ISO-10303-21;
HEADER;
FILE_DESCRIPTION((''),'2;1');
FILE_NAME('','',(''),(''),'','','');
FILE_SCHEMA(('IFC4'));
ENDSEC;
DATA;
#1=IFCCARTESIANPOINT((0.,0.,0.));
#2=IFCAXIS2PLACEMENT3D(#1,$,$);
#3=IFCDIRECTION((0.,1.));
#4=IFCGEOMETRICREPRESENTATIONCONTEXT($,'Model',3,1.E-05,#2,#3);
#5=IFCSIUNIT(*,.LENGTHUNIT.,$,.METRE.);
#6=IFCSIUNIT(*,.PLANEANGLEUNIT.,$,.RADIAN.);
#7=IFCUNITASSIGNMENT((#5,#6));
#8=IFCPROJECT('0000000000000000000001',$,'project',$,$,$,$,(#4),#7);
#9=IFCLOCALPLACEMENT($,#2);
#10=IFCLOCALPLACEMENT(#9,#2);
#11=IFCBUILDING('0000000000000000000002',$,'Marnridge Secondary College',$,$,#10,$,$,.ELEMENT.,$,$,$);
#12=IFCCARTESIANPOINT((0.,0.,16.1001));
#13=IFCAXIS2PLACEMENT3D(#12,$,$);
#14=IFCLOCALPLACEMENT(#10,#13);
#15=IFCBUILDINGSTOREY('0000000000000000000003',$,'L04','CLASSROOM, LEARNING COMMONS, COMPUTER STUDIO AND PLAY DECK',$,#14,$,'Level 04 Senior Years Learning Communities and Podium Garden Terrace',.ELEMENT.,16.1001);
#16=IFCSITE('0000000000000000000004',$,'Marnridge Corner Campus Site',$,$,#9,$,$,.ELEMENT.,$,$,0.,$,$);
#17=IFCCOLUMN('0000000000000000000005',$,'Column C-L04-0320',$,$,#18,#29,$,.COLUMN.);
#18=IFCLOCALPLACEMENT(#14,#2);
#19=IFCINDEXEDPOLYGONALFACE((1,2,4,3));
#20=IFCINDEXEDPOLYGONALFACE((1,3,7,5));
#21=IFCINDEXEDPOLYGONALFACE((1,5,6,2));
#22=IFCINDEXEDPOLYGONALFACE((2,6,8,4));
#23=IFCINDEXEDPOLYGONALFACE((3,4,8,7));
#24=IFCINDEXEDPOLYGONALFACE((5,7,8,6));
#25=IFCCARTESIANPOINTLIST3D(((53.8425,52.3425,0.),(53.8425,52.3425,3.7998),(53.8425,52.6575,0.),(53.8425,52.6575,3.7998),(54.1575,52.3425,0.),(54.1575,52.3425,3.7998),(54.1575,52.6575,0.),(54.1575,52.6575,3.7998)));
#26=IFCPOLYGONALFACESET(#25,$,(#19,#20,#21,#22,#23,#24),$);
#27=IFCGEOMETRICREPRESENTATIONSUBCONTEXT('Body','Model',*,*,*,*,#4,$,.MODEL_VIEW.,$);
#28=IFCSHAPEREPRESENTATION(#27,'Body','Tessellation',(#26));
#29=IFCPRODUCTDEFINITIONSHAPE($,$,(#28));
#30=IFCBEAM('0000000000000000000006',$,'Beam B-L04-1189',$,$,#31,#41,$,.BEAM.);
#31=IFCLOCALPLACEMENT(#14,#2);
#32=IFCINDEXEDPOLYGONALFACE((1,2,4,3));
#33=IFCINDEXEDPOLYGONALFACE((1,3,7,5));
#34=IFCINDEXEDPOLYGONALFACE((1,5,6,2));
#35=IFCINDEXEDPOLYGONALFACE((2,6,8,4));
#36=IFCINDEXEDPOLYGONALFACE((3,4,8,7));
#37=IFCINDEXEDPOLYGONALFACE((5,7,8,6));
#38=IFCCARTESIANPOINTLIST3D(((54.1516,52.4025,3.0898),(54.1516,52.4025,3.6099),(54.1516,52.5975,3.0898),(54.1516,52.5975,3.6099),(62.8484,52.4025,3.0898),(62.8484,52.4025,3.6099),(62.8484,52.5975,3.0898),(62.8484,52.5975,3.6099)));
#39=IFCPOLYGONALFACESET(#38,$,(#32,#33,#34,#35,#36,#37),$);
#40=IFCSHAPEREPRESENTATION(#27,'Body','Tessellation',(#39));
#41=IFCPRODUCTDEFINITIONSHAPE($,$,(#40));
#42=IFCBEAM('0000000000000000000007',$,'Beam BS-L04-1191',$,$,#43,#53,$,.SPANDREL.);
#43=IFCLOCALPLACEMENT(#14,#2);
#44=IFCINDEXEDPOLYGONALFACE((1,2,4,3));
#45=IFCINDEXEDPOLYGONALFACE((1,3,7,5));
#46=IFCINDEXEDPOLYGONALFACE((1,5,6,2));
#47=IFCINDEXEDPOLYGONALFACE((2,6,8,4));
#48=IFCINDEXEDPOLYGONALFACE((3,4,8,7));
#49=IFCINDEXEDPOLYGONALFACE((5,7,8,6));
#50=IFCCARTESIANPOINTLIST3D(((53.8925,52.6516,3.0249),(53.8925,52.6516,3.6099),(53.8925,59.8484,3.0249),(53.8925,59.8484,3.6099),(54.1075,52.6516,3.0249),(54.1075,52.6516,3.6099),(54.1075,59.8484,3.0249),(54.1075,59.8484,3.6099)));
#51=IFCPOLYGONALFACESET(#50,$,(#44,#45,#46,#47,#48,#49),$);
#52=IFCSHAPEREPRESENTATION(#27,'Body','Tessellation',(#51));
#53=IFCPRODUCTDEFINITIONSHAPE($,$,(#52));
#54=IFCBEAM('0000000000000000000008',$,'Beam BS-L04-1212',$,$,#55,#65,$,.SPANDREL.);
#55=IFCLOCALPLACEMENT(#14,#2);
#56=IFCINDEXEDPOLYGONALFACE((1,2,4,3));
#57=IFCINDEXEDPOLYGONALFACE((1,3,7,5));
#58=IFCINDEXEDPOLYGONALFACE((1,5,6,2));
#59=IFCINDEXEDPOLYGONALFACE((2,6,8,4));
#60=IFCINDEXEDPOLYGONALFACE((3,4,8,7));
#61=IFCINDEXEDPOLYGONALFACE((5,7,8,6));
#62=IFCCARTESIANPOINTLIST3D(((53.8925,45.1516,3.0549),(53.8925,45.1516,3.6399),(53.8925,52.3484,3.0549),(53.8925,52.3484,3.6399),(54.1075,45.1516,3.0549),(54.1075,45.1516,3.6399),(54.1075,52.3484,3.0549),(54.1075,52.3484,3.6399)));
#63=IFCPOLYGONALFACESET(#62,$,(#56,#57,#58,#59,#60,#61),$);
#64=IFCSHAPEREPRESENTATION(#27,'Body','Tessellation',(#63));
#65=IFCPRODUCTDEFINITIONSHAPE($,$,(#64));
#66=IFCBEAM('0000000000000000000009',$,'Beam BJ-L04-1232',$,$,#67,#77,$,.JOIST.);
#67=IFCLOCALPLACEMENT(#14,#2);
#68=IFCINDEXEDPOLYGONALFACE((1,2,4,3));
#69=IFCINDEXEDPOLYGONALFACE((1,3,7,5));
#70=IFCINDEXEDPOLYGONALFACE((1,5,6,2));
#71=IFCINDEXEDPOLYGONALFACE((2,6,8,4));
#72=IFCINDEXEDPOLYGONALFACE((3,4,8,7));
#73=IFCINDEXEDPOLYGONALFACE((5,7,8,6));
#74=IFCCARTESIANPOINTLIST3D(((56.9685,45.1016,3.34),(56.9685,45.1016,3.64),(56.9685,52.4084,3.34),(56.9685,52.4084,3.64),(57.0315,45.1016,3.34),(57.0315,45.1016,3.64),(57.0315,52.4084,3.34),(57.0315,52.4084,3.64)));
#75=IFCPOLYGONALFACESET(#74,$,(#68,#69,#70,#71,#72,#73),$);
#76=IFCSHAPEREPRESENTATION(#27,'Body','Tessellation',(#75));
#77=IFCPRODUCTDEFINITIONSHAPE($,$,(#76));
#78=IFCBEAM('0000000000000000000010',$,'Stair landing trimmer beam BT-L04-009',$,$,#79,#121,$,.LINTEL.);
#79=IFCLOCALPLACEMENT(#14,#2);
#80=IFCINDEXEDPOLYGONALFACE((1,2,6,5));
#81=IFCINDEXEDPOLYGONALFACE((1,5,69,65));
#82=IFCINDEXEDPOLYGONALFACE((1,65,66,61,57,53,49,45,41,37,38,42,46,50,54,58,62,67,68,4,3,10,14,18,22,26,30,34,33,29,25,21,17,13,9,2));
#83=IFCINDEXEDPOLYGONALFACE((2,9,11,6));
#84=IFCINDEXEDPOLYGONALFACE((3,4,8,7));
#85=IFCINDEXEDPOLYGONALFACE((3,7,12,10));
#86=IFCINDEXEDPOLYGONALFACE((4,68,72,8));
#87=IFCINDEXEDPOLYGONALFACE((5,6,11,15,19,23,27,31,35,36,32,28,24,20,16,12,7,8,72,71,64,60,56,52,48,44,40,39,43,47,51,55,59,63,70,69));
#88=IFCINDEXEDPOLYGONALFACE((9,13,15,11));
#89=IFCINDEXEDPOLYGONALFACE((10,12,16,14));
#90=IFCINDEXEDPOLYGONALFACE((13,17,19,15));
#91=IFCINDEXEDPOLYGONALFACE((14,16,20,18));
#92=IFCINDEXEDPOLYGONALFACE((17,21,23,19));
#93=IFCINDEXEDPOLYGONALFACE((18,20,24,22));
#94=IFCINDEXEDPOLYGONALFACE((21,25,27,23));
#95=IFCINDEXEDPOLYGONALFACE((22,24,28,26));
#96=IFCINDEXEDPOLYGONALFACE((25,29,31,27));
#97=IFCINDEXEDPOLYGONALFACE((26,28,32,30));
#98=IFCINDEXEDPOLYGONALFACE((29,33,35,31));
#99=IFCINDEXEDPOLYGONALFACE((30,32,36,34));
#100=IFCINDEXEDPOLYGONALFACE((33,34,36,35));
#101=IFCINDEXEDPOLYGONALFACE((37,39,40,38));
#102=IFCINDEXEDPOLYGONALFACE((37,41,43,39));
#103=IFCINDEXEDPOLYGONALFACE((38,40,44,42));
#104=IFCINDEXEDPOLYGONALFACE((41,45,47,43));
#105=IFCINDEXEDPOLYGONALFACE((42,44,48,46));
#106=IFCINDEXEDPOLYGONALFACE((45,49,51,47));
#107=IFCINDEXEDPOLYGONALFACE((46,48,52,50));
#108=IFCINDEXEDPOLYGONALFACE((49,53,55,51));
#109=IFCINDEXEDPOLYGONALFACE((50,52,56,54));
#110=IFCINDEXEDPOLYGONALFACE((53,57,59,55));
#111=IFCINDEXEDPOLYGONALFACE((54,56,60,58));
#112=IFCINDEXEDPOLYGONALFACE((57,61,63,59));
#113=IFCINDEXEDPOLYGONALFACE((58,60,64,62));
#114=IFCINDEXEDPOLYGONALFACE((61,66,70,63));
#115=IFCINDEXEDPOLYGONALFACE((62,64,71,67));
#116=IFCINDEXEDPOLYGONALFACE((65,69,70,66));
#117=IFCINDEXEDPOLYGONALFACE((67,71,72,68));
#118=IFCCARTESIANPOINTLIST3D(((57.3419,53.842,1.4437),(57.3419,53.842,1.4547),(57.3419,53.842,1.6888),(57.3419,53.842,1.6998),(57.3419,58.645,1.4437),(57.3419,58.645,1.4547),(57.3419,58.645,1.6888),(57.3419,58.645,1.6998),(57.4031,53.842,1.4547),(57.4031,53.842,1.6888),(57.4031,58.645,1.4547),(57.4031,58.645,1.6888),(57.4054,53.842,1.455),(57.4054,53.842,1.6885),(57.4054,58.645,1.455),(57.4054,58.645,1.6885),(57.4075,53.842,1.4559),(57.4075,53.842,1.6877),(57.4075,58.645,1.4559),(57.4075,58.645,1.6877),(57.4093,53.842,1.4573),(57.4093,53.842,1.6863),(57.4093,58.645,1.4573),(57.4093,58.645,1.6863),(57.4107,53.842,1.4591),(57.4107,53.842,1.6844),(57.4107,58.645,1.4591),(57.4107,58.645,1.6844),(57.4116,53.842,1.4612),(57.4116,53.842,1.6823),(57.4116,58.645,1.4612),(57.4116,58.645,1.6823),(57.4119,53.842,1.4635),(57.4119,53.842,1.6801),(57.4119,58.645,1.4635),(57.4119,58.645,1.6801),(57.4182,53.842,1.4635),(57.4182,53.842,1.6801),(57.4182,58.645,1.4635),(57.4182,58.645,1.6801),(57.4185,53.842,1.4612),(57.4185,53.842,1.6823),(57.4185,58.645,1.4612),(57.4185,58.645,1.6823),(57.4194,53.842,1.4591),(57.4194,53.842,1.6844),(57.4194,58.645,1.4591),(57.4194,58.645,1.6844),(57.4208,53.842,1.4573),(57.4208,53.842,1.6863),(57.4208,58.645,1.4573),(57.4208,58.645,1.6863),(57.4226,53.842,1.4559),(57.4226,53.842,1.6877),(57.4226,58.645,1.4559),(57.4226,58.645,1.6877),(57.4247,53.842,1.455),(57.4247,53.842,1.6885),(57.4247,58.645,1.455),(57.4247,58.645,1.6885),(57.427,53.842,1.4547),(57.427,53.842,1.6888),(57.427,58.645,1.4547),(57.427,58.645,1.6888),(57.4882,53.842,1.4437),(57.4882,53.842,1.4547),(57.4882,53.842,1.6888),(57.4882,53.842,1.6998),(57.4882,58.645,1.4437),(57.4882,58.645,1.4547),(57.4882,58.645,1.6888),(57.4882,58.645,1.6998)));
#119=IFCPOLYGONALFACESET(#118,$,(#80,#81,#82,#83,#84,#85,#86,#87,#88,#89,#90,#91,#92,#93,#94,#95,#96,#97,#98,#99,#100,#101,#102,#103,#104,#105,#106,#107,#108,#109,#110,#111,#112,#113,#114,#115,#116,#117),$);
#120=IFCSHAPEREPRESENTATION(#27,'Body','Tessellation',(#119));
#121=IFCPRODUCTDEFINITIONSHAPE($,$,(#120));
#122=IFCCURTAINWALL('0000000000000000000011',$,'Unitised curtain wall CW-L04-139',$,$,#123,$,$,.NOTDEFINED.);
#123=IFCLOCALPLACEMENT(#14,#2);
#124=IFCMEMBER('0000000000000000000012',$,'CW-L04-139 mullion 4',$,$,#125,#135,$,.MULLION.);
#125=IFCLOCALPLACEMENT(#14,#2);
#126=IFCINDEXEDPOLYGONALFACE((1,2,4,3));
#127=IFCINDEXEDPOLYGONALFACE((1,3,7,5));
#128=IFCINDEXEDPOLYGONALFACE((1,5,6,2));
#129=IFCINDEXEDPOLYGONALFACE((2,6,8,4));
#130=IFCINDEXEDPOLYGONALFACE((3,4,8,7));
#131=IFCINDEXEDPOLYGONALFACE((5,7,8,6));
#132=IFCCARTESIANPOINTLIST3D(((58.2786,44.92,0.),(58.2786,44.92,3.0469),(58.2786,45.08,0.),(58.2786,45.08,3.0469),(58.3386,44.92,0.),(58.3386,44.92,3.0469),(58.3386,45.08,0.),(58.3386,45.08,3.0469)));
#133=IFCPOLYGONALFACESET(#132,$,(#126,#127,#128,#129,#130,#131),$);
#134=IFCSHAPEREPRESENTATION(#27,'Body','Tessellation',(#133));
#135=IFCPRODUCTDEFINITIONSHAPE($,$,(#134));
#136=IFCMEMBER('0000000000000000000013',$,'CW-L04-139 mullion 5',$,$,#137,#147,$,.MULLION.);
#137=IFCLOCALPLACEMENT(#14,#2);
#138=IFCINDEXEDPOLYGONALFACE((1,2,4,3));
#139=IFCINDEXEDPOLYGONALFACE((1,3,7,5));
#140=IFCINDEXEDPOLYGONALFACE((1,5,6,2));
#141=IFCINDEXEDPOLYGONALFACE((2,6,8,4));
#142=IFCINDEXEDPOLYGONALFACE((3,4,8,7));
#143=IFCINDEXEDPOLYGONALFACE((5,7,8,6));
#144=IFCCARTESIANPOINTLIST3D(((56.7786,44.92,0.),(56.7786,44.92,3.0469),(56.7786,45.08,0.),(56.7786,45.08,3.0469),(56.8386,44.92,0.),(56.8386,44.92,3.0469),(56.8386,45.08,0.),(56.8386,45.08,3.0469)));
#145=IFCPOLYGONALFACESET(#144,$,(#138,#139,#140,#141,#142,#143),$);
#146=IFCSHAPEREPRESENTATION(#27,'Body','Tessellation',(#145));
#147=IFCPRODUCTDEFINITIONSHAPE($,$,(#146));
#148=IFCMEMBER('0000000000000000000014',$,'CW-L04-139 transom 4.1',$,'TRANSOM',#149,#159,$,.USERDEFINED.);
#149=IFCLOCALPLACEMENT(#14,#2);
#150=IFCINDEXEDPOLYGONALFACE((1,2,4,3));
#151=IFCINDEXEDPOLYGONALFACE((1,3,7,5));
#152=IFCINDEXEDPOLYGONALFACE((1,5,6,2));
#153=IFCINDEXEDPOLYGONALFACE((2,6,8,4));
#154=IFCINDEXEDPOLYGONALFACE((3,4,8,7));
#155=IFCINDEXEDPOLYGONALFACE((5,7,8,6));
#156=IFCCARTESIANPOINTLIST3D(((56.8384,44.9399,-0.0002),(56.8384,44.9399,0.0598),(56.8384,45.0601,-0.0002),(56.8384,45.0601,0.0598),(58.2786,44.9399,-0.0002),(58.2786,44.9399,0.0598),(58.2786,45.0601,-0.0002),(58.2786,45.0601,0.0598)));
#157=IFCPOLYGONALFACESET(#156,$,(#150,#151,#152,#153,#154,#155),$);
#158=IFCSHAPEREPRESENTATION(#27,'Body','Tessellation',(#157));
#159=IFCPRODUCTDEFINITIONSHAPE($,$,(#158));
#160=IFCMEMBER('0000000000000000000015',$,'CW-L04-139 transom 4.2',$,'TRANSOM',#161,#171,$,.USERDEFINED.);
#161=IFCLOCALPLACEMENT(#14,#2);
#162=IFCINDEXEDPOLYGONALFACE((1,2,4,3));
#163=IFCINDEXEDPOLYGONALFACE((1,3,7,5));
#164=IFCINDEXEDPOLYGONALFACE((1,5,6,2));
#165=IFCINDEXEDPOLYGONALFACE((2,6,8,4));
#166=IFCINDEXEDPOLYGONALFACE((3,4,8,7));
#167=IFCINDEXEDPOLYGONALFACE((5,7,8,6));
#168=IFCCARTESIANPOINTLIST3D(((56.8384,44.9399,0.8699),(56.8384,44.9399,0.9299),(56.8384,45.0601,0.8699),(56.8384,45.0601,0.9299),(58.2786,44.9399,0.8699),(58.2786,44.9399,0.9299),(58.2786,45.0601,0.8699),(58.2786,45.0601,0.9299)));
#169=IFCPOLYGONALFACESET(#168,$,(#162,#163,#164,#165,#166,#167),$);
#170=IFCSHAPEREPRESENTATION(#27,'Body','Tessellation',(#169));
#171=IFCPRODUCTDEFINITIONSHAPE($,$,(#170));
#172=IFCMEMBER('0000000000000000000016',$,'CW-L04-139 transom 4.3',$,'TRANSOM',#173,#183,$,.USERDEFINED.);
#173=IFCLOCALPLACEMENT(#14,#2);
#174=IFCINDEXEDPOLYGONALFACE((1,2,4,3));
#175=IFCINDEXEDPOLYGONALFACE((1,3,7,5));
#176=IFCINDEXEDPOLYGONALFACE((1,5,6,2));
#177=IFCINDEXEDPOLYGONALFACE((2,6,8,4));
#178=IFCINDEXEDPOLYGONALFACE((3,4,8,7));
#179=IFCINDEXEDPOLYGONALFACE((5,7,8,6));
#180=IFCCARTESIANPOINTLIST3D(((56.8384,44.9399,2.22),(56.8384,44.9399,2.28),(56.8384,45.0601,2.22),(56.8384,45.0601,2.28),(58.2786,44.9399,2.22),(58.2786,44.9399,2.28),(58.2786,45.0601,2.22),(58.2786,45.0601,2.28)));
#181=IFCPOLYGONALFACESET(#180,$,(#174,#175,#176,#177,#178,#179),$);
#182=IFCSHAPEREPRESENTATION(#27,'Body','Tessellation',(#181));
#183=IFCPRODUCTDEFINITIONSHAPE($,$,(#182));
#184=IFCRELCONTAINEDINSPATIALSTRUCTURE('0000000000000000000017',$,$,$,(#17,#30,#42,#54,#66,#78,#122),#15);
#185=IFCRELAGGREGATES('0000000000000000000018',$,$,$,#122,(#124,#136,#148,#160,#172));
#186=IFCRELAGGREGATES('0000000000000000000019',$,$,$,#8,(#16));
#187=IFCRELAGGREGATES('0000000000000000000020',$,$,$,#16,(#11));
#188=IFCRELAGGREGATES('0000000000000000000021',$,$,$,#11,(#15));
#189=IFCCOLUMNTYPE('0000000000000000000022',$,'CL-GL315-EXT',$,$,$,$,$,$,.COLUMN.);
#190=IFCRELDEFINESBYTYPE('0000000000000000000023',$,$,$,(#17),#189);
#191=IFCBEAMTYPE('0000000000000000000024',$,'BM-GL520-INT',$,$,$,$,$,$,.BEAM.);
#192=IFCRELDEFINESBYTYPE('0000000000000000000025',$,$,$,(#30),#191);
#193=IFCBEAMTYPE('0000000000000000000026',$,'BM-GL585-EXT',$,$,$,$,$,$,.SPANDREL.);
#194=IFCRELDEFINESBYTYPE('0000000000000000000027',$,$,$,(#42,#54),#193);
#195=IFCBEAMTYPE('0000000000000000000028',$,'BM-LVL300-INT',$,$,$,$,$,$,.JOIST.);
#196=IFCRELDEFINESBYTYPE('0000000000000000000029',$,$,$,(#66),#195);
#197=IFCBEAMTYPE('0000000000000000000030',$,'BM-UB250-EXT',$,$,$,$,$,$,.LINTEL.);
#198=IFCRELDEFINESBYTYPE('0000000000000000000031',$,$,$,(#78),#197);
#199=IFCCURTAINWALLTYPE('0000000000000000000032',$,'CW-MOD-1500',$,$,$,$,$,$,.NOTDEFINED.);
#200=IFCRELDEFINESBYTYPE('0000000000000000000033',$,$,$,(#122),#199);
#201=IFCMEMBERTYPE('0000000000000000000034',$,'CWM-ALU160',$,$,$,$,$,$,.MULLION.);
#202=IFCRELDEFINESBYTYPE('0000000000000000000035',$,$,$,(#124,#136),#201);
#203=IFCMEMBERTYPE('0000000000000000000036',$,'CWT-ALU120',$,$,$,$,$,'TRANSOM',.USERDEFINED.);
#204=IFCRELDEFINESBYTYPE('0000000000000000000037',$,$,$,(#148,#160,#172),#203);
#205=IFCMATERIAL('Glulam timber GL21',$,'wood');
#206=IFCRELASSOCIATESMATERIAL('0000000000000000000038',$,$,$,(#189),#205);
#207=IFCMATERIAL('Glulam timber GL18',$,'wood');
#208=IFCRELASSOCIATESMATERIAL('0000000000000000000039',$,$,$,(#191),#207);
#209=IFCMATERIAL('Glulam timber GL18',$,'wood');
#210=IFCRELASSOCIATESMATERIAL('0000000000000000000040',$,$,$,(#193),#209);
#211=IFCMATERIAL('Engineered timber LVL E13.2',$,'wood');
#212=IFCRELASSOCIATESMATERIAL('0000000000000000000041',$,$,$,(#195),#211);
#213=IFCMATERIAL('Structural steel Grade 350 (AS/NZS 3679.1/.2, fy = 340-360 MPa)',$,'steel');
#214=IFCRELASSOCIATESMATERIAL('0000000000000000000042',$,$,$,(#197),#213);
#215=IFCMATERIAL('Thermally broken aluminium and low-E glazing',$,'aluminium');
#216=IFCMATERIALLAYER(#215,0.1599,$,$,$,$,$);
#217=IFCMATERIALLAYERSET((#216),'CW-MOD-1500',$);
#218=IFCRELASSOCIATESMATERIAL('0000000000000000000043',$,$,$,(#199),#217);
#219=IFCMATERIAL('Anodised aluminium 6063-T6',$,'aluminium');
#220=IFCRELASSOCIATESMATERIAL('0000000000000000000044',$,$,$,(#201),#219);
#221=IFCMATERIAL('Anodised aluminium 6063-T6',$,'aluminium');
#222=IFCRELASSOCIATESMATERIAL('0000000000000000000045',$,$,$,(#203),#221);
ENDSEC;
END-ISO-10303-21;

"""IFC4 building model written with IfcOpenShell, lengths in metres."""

from ifc_helpers import new_model, si_unit, direction, frame, origin, origin_2d, place, context, subcontext, project, spatial, rectangle, i_section, extrude, material, layer, layer_set, material_profile, profile_set, type_object, element, aggregate, save


model = new_model("IFC4")

# Units and contexts
model_context = context("Model", 3, precision=1e-05, world=origin(), true_north=direction((0.0, 1.0)))
body_context = subcontext(model_context, "Body", "Model", "MODEL_VIEW")
ifc_project = project(units=[si_unit("LENGTHUNIT", "METRE"), si_unit("PLANEANGLEUNIT", "RADIAN")], contexts=[model_context])

# Site, building, storey
site_placement = place(None, origin())
site = spatial("IfcSite", under=ifc_project, at=site_placement, Name="Marnridge Corner Campus Site", CompositionType="ELEMENT", RefElevation=0.0)
building_placement = place(site_placement, origin())
building = spatial("IfcBuilding", under=site, at=building_placement, Name="Marnridge Secondary College", CompositionType="ELEMENT")
storey_placement = place(building_placement, frame((0.0, 0.0, 16.1001)))
storey = spatial("IfcBuildingStorey", under=building, at=storey_placement, Name="L04", Description="CLASSROOM, LEARNING COMMONS, COMPUTER STUDIO AND PLAY DECK", LongName="Level 04 Senior Years Learning Communities and Podium Garden Terrace", CompositionType="ELEMENT", Elevation=16.1001)

# Column
ifc_material_1 = material(Name="Glulam timber GL21", Category="wood")
ifc_material_profile_1 = material_profile(ifc_material_1, rectangle(XDim=0.3149, YDim=0.3149, at=origin_2d()), Name="GL21 315x315")
ifc_profile_set_1 = profile_set([ifc_material_profile_1], Name="Glulam timber GL21")
column_type = type_object("IfcColumnType", Name="CL-GL315-EXT", PredefinedType="COLUMN", material=ifc_profile_set_1)
column_placement = place(storey_placement, frame((54.0, 52.5, 0.0), z_axis=(0.0, 0.0, 1.0), x_axis=(1.0, 0.0, 0.0)))
element("IfcColumn", 1, at=column_placement, inside=storey, type_object=column_type, Name="Column C-L04-0320", PredefinedType="COLUMN", context=body_context, shape_type="SweptSolid", body=[
    extrude(rectangle(XDim=0.3149, YDim=0.3149, at=origin_2d()), origin(), (0.0, 0.0, 1.0), 3.7998),
])

# Beams
ifc_material_2 = material(Name="Glulam timber GL18", Category="wood")
ifc_material_profile_2 = material_profile(ifc_material_2, rectangle(XDim=0.1951, YDim=0.52, at=origin_2d()), Name="GL18 195x520")
ifc_profile_set_2 = profile_set([ifc_material_profile_2], Name="Glulam timber GL18")
beam_type_1 = type_object("IfcBeamType", Name="BM-GL520-INT", PredefinedType="BEAM", material=ifc_profile_set_2)
beam_1_placement = place(storey_placement, frame((54.1516, 52.5, 3.3499), z_axis=(1.0, 0.0, 0.0), x_axis=(0.0, 1.0, 0.0)))
element("IfcBeam", 2, at=beam_1_placement, inside=storey, type_object=beam_type_1, Name="Beam B-L04-1189", PredefinedType="BEAM", context=body_context, shape_type="SweptSolid", body=[
    extrude(rectangle(XDim=0.1951, YDim=0.52, at=origin_2d()), origin(), (0.0, 0.0, 1.0), 8.6968),
])
ifc_material_3 = material(Name="Glulam timber GL18", Category="wood")
ifc_material_profile_3 = material_profile(ifc_material_3, rectangle(XDim=0.2151, YDim=0.585, at=origin_2d()), Name="GL18 215x585")
ifc_profile_set_3 = profile_set([ifc_material_profile_3], Name="Glulam timber GL18")
beam_type_2 = type_object("IfcBeamType", Name="BM-GL585-EXT", PredefinedType="SPANDREL", material=ifc_profile_set_3)
for number, where, z_axis, x_axis, name in (
    (3, (54.0, 52.6516, 3.3174), (0.0, 1.0, 0.0), (-1.0, 0.0, 0.0), "Beam BS-L04-1191"),
    (4, (54.0, 45.1516, 3.3474), (0.0, 1.0, 0.0), (-1.0, 0.0, 0.0), "Beam BS-L04-1212"),
):
    element("IfcBeam", number, at=place(storey_placement, frame(where, z_axis=z_axis, x_axis=x_axis)), inside=storey, type_object=beam_type_2, Name=name, PredefinedType="SPANDREL", context=body_context, shape_type="SweptSolid", body=[
        extrude(rectangle(XDim=0.2151, YDim=0.585, at=origin_2d()), origin(), (0.0, 0.0, 1.0), 7.1968),
    ])
ifc_material_4 = material(Name="Engineered timber LVL E13.2", Category="wood")
ifc_material_profile_4 = material_profile(ifc_material_4, rectangle(XDim=0.063, YDim=0.3, at=origin_2d()), Name="LVL 63x300")
ifc_profile_set_4 = profile_set([ifc_material_profile_4], Name="Engineered timber LVL E13.2")
beam_type_3 = type_object("IfcBeamType", Name="BM-LVL300-INT", PredefinedType="JOIST", material=ifc_profile_set_4)
beam_2_placement = place(storey_placement, frame((57.0, 45.1016, 3.49), z_axis=(0.0, 1.0, 0.0), x_axis=(-1.0, 0.0, 0.0)))
element("IfcBeam", 5, at=beam_2_placement, inside=storey, type_object=beam_type_3, Name="Beam BJ-L04-1232", PredefinedType="JOIST", context=body_context, shape_type="SweptSolid", body=[
    extrude(rectangle(XDim=0.063, YDim=0.3, at=origin_2d()), origin(), (0.0, 0.0, 1.0), 7.3069),
])
ifc_material_5 = material(Name="Structural steel Grade 350 (AS/NZS 3679.1/.2, fy = 340-360 MPa)", Category="steel")
ifc_material_profile_5 = material_profile(ifc_material_5, i_section(OverallWidth=0.1462, OverallDepth=0.2561, WebThickness=0.0063, FlangeThickness=0.011, FilletRadius=0.0088, at=origin_2d()), Name="250UB37.3")
ifc_profile_set_5 = profile_set([ifc_material_profile_5], Name="Structural steel Grade 350 (AS/NZS 3679.1/.2, fy = 340-360 MPa)")
beam_type_4 = type_object("IfcBeamType", Name="BM-UB250-EXT", PredefinedType="LINTEL", material=ifc_profile_set_5)
beam_3_placement = place(storey_placement, frame((57.415, 53.842, 1.5718), z_axis=(0.0, 1.0, 0.0), x_axis=(-1.0, 0.0, 0.0)))
element("IfcBeam", 6, at=beam_3_placement, inside=storey, type_object=beam_type_4, Name="Stair landing trimmer beam BT-L04-009", PredefinedType="LINTEL", context=body_context, shape_type="SweptSolid", body=[
    extrude(i_section(OverallWidth=0.1462, OverallDepth=0.2561, WebThickness=0.0063, FlangeThickness=0.011, FilletRadius=0.0088, at=origin_2d()), origin(), (0.0, 0.0, 1.0), 4.803),
])

# Curtain wall, members
ifc_material_6 = material(Name="Thermally broken aluminium and low-E glazing", Category="aluminium")
ifc_layer_1 = layer(ifc_material_6, 0.1599)
ifc_layer_set_1 = layer_set([ifc_layer_1], Name="CW-MOD-1500")
curtain_wall_type = type_object("IfcCurtainWallType", Name="CW-MOD-1500", PredefinedType="NOTDEFINED", material=ifc_layer_set_1)
curtain_wall_placement = place(storey_placement, origin())
curtain_wall = element("IfcCurtainWall", 7, at=curtain_wall_placement, inside=storey, type_object=curtain_wall_type, Name="Unitised curtain wall CW-L04-139", PredefinedType="NOTDEFINED")
ifc_material_7 = material(Name="Anodised aluminium 6063-T6", Category="aluminium")
ifc_material_profile_6 = material_profile(ifc_material_7, rectangle(XDim=0.0601, YDim=0.1599, at=origin_2d()), Name="ALU 60x160")
ifc_profile_set_6 = profile_set([ifc_material_profile_6], Name="Anodised aluminium 6063-T6")
member_type_1 = type_object("IfcMemberType", Name="CWM-ALU160", PredefinedType="MULLION", material=ifc_profile_set_6)
member_1_placement = place(storey_placement, frame((58.3086, 45.0, 0.0), z_axis=(0.0, 0.0, 1.0), x_axis=(-1.0, 0.0, 0.0)))
member_1 = element("IfcMember", 8, at=member_1_placement, type_object=member_type_1, Name="CW-L04-139 mullion 4", PredefinedType="MULLION", context=body_context, shape_type="SweptSolid", body=[
    extrude(rectangle(XDim=0.0601, YDim=0.1599, at=origin_2d()), origin(), (0.0, 0.0, 1.0), 3.0469),
])
member_2_placement = place(storey_placement, frame((56.8086, 45.0, 0.0), z_axis=(0.0, 0.0, 1.0), x_axis=(-1.0, 0.0, 0.0)))
member_2 = element("IfcMember", 9, at=member_2_placement, type_object=member_type_1, Name="CW-L04-139 mullion 5", PredefinedType="MULLION", context=body_context, shape_type="SweptSolid", body=[
    extrude(rectangle(XDim=0.0601, YDim=0.1599, at=origin_2d()), origin(), (0.0, 0.0, 1.0), 3.0469),
])
ifc_material_8 = material(Name="Anodised aluminium 6063-T6", Category="aluminium")
ifc_material_profile_7 = material_profile(ifc_material_8, rectangle(XDim=0.0601, YDim=0.1201, at=origin_2d()), Name="ALU 60x120")
ifc_profile_set_7 = profile_set([ifc_material_profile_7], Name="Anodised aluminium 6063-T6")
member_type_2 = type_object("IfcMemberType", Name="CWT-ALU120", ElementType="TRANSOM", PredefinedType="USERDEFINED", material=ifc_profile_set_7)
member_3_placement = place(storey_placement, frame((58.2786, 45.0, 0.0298), z_axis=(-1.0, 0.0, 0.0), x_axis=(0.0, 0.0, 1.0)))
member_3 = element("IfcMember", 10, at=member_3_placement, type_object=member_type_2, Name="CW-L04-139 transom 4.1", ObjectType="TRANSOM", PredefinedType="USERDEFINED", context=body_context, shape_type="SweptSolid", body=[
    extrude(rectangle(XDim=0.0601, YDim=0.1201, at=origin_2d()), origin(), (0.0, 0.0, 1.0), 1.4402),
])
member_4_placement = place(storey_placement, frame((58.2786, 45.0, 0.8999), z_axis=(-1.0, 0.0, 0.0), x_axis=(0.0, 0.0, 1.0)))
member_4 = element("IfcMember", 11, at=member_4_placement, type_object=member_type_2, Name="CW-L04-139 transom 4.2", ObjectType="TRANSOM", PredefinedType="USERDEFINED", context=body_context, shape_type="SweptSolid", body=[
    extrude(rectangle(XDim=0.0601, YDim=0.1201, at=origin_2d()), origin(), (0.0, 0.0, 1.0), 1.4402),
])
member_5_placement = place(storey_placement, frame((58.2786, 45.0, 2.25), z_axis=(-1.0, 0.0, 0.0), x_axis=(0.0, 0.0, 1.0)))
member_5 = element("IfcMember", 12, at=member_5_placement, type_object=member_type_2, Name="CW-L04-139 transom 4.3", ObjectType="TRANSOM", PredefinedType="USERDEFINED", context=body_context, shape_type="SweptSolid", body=[
    extrude(rectangle(XDim=0.0601, YDim=0.1201, at=origin_2d()), origin(), (0.0, 0.0, 1.0), 1.4402),
])
aggregate(curtain_wall, [member_1, member_2, member_3, member_4, member_5])

save(model, "model.ifc")
